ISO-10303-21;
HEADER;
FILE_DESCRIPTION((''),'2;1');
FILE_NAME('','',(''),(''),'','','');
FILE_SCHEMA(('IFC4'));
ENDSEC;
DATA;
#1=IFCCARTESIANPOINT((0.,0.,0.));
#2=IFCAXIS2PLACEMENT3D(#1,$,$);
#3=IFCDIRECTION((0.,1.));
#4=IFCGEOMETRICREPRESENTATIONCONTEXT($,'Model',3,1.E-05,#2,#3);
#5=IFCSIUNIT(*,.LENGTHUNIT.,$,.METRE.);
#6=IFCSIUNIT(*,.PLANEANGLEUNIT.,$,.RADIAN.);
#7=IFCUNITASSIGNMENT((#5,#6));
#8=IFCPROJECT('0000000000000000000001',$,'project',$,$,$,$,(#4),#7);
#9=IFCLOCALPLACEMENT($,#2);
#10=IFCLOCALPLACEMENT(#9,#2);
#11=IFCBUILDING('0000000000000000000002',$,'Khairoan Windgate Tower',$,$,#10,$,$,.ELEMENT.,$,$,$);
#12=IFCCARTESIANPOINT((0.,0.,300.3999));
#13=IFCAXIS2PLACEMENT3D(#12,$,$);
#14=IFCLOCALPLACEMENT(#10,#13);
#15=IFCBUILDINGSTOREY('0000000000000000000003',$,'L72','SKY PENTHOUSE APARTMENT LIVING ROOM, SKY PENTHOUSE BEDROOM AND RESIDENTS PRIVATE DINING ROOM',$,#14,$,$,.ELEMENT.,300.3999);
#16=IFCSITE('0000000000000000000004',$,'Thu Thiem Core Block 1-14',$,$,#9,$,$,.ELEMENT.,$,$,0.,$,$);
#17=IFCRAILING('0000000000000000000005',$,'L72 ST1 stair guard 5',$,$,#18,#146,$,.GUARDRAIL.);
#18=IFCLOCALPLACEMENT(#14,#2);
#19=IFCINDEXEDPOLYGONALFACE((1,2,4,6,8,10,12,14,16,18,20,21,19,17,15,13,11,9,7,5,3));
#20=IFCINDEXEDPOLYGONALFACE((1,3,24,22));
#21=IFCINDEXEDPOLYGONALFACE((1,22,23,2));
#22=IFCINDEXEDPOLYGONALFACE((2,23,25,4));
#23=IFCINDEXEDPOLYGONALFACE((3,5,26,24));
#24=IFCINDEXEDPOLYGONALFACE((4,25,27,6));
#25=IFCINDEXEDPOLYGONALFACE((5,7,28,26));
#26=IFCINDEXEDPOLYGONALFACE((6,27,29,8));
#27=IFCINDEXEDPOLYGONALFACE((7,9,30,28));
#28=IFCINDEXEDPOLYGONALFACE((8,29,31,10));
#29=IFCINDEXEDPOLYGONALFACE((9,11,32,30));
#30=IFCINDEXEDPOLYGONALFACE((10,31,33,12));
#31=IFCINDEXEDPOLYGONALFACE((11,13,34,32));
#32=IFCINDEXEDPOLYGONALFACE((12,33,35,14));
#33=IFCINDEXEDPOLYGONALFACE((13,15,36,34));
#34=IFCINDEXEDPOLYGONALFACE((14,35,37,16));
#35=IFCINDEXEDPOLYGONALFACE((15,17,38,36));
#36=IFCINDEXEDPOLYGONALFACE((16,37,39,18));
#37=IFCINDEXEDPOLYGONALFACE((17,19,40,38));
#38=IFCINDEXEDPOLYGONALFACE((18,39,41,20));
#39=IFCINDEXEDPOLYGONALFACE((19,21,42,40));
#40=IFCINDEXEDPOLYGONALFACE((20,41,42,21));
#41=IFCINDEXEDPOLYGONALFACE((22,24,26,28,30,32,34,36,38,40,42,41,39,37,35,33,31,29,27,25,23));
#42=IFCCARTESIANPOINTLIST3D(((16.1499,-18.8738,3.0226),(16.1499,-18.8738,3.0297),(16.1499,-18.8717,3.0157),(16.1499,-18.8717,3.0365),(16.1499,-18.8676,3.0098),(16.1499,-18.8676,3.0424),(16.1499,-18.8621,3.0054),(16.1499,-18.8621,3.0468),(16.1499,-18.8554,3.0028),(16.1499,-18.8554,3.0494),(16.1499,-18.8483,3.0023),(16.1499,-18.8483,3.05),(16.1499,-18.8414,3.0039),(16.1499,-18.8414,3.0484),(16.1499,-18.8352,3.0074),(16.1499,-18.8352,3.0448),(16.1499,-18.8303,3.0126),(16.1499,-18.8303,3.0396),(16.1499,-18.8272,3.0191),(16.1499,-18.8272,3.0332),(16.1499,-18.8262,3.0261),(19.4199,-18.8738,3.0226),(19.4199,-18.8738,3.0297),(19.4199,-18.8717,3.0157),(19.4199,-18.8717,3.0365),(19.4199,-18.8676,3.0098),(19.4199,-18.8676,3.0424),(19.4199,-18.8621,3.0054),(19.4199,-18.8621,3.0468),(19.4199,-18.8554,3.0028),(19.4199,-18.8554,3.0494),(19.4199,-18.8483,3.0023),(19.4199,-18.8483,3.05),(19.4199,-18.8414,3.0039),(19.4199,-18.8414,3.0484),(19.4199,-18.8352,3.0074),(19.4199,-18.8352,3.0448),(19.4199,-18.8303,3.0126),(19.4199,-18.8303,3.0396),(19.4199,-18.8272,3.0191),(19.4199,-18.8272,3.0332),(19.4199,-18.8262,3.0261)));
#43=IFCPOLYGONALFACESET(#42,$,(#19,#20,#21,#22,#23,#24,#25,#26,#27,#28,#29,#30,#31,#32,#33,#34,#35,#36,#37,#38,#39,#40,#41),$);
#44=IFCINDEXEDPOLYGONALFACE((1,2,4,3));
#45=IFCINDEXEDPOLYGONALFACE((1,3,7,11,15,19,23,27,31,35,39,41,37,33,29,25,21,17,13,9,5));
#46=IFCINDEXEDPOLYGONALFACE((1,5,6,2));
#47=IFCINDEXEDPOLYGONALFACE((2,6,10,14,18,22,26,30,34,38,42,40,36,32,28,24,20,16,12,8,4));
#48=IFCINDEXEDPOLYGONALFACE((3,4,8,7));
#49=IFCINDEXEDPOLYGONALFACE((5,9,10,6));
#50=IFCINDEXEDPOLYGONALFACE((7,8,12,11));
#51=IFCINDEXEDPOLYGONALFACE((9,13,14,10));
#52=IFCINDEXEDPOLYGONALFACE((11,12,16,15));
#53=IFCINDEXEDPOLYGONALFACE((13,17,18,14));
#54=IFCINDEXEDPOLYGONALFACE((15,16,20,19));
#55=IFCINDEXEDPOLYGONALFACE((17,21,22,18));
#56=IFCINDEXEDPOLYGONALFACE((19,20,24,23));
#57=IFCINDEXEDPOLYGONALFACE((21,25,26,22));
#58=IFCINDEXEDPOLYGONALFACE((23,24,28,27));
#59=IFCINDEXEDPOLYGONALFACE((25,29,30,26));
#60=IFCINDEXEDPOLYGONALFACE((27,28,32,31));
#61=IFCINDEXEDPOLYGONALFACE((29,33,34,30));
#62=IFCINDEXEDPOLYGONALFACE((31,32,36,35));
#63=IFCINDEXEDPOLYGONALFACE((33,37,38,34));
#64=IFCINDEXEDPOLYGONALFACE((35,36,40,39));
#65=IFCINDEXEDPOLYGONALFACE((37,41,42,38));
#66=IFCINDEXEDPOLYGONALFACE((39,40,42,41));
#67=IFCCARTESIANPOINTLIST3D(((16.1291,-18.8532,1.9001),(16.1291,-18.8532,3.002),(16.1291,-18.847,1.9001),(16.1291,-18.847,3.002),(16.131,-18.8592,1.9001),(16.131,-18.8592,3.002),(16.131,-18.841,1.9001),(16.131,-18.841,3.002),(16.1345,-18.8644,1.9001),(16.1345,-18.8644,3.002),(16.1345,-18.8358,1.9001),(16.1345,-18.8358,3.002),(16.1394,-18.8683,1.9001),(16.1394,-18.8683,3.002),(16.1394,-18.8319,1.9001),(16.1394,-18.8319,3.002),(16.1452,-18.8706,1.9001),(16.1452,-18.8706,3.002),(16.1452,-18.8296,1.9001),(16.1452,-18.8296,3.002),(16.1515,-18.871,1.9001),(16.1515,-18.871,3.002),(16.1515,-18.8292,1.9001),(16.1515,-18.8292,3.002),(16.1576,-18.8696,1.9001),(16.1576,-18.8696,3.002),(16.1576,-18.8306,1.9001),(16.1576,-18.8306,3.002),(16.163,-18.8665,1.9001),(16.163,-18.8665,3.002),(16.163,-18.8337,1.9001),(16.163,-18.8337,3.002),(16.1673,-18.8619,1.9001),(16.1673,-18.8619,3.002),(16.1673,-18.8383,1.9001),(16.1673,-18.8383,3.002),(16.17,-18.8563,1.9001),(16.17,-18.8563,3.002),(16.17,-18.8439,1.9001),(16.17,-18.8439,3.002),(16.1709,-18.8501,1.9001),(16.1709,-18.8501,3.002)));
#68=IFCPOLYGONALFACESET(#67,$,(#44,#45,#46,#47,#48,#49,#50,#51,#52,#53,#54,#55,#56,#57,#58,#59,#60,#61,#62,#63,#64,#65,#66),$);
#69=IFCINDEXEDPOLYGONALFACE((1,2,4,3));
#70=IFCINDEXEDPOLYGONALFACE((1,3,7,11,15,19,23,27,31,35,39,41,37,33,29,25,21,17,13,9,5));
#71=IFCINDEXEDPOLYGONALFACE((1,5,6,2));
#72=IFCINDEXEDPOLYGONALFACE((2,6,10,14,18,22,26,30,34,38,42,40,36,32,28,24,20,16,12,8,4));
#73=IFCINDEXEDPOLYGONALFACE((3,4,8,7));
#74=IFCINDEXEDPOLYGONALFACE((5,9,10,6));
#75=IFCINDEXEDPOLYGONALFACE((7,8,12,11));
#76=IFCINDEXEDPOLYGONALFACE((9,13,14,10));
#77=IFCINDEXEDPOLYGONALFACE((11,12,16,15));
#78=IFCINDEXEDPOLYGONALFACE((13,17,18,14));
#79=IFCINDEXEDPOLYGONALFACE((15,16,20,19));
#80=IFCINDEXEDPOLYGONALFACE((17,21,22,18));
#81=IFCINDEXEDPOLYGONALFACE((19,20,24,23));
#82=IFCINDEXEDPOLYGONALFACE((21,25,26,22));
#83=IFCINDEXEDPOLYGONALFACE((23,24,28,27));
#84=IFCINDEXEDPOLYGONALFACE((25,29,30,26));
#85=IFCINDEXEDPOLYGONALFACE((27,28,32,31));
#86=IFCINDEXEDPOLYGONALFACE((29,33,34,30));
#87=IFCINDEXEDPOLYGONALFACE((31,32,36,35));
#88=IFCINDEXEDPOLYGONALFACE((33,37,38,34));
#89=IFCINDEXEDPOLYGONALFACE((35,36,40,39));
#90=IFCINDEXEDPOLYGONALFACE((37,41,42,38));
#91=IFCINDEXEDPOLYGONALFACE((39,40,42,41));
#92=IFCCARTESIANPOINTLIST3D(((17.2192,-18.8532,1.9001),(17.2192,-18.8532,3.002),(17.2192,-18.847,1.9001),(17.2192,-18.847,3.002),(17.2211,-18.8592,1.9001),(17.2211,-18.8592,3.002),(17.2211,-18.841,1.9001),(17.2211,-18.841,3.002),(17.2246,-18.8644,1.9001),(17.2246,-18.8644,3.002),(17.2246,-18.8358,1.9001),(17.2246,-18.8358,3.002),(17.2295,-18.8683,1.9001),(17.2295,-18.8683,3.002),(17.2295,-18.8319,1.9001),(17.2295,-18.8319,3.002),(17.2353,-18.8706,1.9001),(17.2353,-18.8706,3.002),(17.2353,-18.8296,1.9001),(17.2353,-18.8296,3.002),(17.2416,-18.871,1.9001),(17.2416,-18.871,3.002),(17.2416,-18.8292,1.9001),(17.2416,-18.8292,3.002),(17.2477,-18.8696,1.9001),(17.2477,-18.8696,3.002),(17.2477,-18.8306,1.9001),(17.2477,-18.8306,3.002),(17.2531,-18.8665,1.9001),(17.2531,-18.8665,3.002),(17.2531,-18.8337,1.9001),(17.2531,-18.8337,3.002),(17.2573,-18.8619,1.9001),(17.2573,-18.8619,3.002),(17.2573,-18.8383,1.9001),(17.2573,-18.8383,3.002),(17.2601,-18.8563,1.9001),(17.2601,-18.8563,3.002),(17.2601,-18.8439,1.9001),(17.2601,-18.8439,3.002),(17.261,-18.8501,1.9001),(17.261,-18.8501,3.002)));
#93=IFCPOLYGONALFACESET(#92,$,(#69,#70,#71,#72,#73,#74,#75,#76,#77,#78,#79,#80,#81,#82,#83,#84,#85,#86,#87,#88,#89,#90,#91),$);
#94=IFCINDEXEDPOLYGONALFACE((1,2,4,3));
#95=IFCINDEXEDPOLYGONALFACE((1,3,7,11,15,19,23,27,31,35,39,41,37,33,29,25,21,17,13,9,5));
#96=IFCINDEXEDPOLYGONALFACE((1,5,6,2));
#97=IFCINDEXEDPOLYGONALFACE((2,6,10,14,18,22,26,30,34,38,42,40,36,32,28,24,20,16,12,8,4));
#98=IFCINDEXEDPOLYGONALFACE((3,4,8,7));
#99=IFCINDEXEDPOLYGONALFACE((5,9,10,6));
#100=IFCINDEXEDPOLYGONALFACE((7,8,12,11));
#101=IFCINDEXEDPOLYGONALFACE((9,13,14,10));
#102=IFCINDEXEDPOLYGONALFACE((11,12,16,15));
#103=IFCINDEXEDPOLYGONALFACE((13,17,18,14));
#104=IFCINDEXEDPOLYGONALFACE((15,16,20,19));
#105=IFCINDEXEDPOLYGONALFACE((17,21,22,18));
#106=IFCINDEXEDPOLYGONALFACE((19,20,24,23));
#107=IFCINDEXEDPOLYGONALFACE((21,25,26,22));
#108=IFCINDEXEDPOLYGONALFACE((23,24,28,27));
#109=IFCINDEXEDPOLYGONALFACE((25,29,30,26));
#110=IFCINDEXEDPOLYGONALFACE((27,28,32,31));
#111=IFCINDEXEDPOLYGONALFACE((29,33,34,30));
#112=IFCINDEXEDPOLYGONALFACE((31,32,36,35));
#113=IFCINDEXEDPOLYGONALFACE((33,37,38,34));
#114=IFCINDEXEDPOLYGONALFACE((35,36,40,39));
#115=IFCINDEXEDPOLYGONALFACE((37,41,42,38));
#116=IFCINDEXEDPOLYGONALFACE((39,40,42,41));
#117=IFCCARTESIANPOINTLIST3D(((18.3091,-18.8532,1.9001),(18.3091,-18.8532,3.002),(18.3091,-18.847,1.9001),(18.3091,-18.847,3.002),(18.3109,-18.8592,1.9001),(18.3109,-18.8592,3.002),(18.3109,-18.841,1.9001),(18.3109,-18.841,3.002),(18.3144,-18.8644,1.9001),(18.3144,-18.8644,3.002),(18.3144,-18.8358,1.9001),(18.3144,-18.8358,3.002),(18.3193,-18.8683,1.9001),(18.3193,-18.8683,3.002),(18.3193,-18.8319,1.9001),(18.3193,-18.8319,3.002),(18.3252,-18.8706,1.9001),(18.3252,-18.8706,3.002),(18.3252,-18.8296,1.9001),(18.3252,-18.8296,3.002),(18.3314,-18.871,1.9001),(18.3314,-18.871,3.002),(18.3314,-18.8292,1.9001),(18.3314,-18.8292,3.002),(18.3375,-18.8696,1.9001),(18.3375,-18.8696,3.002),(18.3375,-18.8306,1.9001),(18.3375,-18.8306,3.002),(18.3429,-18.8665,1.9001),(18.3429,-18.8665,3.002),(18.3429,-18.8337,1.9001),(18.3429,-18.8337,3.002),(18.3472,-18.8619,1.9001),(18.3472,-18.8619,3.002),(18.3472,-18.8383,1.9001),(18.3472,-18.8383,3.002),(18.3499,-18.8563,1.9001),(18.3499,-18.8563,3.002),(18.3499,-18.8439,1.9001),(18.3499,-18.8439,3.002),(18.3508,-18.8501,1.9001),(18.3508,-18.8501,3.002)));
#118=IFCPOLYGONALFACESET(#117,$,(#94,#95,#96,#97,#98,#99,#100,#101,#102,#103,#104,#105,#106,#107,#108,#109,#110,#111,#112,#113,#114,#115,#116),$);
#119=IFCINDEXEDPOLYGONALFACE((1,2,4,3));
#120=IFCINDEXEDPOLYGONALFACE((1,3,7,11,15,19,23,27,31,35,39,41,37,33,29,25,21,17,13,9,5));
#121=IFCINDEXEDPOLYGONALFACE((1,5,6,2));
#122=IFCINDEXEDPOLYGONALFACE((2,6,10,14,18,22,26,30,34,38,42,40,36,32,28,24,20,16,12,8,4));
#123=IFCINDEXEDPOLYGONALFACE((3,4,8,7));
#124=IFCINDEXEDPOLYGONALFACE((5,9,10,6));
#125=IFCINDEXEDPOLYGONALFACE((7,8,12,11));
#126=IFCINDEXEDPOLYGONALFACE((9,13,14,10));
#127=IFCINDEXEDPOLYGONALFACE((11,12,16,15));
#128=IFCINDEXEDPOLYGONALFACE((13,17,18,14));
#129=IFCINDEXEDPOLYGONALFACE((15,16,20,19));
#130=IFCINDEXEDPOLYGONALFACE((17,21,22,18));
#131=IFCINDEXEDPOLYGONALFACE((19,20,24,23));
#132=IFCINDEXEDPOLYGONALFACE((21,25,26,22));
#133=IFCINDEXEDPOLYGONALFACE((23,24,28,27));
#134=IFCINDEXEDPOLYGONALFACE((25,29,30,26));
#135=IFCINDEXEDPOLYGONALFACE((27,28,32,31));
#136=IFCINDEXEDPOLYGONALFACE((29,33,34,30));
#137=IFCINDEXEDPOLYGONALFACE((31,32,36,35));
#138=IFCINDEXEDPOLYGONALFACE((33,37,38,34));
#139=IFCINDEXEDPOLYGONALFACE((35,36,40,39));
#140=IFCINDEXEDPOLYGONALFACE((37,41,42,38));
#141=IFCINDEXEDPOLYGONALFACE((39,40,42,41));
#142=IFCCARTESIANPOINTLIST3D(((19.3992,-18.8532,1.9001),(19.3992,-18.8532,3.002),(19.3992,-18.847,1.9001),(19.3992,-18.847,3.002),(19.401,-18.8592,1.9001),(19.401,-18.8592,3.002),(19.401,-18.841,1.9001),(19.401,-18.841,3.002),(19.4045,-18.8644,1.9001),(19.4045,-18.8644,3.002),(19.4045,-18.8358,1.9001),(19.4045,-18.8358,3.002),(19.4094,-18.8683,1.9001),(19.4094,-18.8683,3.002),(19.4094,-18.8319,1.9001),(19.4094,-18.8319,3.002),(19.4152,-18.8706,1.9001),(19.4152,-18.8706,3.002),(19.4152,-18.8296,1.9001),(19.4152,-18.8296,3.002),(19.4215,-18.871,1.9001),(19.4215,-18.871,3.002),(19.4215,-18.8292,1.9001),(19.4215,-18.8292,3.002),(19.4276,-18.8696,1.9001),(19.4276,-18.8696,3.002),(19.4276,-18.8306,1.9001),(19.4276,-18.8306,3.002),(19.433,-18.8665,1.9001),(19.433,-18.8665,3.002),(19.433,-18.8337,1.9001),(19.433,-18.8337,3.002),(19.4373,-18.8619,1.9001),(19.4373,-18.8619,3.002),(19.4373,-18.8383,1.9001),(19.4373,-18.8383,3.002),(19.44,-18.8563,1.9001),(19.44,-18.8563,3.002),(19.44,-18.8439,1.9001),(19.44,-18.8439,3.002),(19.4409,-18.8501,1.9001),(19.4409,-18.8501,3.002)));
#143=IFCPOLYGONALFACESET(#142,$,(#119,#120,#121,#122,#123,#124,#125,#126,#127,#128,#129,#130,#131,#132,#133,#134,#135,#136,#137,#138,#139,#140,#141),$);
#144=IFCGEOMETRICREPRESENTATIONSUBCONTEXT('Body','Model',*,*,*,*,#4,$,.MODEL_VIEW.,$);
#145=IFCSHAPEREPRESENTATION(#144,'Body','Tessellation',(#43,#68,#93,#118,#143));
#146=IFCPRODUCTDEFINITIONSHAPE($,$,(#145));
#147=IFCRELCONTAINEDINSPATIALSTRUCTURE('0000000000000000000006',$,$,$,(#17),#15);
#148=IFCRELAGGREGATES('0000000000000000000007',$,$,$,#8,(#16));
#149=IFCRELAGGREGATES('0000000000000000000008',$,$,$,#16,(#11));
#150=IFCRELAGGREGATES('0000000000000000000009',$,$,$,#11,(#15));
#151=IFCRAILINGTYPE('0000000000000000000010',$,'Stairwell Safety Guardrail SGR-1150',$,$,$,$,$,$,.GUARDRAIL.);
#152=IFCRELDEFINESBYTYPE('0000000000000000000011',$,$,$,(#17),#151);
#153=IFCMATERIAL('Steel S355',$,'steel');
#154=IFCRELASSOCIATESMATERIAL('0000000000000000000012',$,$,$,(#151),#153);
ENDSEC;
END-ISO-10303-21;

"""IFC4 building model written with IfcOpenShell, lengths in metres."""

from ifc_helpers import new_model, si_unit, direction, frame, origin, origin_2d, place, context, subcontext, project, spatial, circle, extrude, material, type_object, element, save


model = new_model("IFC4")

# Units and contexts
model_context = context("Model", 3, precision=1e-05, world=origin(), true_north=direction((0.0, 1.0)))
body_context = subcontext(model_context, "Body", "Model", "MODEL_VIEW")
ifc_project = project(units=[si_unit("LENGTHUNIT", "METRE"), si_unit("PLANEANGLEUNIT", "RADIAN")], contexts=[model_context])

# Site, building, storey
site_placement = place(None, origin())
site = spatial("IfcSite", under=ifc_project, at=site_placement, Name="Thu Thiem Core Block 1-14", CompositionType="ELEMENT", RefElevation=0.0)
building_placement = place(site_placement, origin())
building = spatial("IfcBuilding", under=site, at=building_placement, Name="Khairoan Windgate Tower", CompositionType="ELEMENT")
storey_placement = place(building_placement, frame((0.0, 0.0, 300.3999)))
storey = spatial("IfcBuildingStorey", under=building, at=storey_placement, Name="L72", Description="SKY PENTHOUSE APARTMENT LIVING ROOM, SKY PENTHOUSE BEDROOM AND RESIDENTS PRIVATE DINING ROOM", CompositionType="ELEMENT", Elevation=300.3999)

# Railing
ifc_material_1 = material(Name="Steel S355", Category="steel")
railing_type = type_object("IfcRailingType", Name="Stairwell Safety Guardrail SGR-1150", PredefinedType="GUARDRAIL", material=ifc_material_1)
railing_1_placement = place(storey_placement, frame((16.1499, -18.8501, 1.9001)))
element("IfcRailing", 1, at=railing_1_placement, inside=storey, type_object=railing_type, Name="L72 ST1 stair guard 5", PredefinedType="GUARDRAIL", context=body_context, shape_type="SweptSolid", body=[
    extrude(circle(Radius=0.0239, at=origin_2d()), frame((0.0, 0.0, 1.126), z_axis=(1.0, 0.0, 0.0), x_axis=(0.0, 1.0, 0.0)), (0.0, 0.0, 1.0), 3.27),
    extrude(circle(Radius=0.021, at=origin_2d()), origin(), (0.0, 0.0, 1.0), 1.1018),
    extrude(circle(Radius=0.021, at=origin_2d()), frame((1.0901, 0.0, 0.0)), (0.0, 0.0, 1.0), 1.1018),
    extrude(circle(Radius=0.021, at=origin_2d()), frame((2.1799, 0.0, 0.0)), (0.0, 0.0, 1.0), 1.1018),
    extrude(circle(Radius=0.021, at=origin_2d()), frame((3.27, 0.0, 0.0)), (0.0, 0.0, 1.0), 1.1018),
])

save(model, "model.ifc")
